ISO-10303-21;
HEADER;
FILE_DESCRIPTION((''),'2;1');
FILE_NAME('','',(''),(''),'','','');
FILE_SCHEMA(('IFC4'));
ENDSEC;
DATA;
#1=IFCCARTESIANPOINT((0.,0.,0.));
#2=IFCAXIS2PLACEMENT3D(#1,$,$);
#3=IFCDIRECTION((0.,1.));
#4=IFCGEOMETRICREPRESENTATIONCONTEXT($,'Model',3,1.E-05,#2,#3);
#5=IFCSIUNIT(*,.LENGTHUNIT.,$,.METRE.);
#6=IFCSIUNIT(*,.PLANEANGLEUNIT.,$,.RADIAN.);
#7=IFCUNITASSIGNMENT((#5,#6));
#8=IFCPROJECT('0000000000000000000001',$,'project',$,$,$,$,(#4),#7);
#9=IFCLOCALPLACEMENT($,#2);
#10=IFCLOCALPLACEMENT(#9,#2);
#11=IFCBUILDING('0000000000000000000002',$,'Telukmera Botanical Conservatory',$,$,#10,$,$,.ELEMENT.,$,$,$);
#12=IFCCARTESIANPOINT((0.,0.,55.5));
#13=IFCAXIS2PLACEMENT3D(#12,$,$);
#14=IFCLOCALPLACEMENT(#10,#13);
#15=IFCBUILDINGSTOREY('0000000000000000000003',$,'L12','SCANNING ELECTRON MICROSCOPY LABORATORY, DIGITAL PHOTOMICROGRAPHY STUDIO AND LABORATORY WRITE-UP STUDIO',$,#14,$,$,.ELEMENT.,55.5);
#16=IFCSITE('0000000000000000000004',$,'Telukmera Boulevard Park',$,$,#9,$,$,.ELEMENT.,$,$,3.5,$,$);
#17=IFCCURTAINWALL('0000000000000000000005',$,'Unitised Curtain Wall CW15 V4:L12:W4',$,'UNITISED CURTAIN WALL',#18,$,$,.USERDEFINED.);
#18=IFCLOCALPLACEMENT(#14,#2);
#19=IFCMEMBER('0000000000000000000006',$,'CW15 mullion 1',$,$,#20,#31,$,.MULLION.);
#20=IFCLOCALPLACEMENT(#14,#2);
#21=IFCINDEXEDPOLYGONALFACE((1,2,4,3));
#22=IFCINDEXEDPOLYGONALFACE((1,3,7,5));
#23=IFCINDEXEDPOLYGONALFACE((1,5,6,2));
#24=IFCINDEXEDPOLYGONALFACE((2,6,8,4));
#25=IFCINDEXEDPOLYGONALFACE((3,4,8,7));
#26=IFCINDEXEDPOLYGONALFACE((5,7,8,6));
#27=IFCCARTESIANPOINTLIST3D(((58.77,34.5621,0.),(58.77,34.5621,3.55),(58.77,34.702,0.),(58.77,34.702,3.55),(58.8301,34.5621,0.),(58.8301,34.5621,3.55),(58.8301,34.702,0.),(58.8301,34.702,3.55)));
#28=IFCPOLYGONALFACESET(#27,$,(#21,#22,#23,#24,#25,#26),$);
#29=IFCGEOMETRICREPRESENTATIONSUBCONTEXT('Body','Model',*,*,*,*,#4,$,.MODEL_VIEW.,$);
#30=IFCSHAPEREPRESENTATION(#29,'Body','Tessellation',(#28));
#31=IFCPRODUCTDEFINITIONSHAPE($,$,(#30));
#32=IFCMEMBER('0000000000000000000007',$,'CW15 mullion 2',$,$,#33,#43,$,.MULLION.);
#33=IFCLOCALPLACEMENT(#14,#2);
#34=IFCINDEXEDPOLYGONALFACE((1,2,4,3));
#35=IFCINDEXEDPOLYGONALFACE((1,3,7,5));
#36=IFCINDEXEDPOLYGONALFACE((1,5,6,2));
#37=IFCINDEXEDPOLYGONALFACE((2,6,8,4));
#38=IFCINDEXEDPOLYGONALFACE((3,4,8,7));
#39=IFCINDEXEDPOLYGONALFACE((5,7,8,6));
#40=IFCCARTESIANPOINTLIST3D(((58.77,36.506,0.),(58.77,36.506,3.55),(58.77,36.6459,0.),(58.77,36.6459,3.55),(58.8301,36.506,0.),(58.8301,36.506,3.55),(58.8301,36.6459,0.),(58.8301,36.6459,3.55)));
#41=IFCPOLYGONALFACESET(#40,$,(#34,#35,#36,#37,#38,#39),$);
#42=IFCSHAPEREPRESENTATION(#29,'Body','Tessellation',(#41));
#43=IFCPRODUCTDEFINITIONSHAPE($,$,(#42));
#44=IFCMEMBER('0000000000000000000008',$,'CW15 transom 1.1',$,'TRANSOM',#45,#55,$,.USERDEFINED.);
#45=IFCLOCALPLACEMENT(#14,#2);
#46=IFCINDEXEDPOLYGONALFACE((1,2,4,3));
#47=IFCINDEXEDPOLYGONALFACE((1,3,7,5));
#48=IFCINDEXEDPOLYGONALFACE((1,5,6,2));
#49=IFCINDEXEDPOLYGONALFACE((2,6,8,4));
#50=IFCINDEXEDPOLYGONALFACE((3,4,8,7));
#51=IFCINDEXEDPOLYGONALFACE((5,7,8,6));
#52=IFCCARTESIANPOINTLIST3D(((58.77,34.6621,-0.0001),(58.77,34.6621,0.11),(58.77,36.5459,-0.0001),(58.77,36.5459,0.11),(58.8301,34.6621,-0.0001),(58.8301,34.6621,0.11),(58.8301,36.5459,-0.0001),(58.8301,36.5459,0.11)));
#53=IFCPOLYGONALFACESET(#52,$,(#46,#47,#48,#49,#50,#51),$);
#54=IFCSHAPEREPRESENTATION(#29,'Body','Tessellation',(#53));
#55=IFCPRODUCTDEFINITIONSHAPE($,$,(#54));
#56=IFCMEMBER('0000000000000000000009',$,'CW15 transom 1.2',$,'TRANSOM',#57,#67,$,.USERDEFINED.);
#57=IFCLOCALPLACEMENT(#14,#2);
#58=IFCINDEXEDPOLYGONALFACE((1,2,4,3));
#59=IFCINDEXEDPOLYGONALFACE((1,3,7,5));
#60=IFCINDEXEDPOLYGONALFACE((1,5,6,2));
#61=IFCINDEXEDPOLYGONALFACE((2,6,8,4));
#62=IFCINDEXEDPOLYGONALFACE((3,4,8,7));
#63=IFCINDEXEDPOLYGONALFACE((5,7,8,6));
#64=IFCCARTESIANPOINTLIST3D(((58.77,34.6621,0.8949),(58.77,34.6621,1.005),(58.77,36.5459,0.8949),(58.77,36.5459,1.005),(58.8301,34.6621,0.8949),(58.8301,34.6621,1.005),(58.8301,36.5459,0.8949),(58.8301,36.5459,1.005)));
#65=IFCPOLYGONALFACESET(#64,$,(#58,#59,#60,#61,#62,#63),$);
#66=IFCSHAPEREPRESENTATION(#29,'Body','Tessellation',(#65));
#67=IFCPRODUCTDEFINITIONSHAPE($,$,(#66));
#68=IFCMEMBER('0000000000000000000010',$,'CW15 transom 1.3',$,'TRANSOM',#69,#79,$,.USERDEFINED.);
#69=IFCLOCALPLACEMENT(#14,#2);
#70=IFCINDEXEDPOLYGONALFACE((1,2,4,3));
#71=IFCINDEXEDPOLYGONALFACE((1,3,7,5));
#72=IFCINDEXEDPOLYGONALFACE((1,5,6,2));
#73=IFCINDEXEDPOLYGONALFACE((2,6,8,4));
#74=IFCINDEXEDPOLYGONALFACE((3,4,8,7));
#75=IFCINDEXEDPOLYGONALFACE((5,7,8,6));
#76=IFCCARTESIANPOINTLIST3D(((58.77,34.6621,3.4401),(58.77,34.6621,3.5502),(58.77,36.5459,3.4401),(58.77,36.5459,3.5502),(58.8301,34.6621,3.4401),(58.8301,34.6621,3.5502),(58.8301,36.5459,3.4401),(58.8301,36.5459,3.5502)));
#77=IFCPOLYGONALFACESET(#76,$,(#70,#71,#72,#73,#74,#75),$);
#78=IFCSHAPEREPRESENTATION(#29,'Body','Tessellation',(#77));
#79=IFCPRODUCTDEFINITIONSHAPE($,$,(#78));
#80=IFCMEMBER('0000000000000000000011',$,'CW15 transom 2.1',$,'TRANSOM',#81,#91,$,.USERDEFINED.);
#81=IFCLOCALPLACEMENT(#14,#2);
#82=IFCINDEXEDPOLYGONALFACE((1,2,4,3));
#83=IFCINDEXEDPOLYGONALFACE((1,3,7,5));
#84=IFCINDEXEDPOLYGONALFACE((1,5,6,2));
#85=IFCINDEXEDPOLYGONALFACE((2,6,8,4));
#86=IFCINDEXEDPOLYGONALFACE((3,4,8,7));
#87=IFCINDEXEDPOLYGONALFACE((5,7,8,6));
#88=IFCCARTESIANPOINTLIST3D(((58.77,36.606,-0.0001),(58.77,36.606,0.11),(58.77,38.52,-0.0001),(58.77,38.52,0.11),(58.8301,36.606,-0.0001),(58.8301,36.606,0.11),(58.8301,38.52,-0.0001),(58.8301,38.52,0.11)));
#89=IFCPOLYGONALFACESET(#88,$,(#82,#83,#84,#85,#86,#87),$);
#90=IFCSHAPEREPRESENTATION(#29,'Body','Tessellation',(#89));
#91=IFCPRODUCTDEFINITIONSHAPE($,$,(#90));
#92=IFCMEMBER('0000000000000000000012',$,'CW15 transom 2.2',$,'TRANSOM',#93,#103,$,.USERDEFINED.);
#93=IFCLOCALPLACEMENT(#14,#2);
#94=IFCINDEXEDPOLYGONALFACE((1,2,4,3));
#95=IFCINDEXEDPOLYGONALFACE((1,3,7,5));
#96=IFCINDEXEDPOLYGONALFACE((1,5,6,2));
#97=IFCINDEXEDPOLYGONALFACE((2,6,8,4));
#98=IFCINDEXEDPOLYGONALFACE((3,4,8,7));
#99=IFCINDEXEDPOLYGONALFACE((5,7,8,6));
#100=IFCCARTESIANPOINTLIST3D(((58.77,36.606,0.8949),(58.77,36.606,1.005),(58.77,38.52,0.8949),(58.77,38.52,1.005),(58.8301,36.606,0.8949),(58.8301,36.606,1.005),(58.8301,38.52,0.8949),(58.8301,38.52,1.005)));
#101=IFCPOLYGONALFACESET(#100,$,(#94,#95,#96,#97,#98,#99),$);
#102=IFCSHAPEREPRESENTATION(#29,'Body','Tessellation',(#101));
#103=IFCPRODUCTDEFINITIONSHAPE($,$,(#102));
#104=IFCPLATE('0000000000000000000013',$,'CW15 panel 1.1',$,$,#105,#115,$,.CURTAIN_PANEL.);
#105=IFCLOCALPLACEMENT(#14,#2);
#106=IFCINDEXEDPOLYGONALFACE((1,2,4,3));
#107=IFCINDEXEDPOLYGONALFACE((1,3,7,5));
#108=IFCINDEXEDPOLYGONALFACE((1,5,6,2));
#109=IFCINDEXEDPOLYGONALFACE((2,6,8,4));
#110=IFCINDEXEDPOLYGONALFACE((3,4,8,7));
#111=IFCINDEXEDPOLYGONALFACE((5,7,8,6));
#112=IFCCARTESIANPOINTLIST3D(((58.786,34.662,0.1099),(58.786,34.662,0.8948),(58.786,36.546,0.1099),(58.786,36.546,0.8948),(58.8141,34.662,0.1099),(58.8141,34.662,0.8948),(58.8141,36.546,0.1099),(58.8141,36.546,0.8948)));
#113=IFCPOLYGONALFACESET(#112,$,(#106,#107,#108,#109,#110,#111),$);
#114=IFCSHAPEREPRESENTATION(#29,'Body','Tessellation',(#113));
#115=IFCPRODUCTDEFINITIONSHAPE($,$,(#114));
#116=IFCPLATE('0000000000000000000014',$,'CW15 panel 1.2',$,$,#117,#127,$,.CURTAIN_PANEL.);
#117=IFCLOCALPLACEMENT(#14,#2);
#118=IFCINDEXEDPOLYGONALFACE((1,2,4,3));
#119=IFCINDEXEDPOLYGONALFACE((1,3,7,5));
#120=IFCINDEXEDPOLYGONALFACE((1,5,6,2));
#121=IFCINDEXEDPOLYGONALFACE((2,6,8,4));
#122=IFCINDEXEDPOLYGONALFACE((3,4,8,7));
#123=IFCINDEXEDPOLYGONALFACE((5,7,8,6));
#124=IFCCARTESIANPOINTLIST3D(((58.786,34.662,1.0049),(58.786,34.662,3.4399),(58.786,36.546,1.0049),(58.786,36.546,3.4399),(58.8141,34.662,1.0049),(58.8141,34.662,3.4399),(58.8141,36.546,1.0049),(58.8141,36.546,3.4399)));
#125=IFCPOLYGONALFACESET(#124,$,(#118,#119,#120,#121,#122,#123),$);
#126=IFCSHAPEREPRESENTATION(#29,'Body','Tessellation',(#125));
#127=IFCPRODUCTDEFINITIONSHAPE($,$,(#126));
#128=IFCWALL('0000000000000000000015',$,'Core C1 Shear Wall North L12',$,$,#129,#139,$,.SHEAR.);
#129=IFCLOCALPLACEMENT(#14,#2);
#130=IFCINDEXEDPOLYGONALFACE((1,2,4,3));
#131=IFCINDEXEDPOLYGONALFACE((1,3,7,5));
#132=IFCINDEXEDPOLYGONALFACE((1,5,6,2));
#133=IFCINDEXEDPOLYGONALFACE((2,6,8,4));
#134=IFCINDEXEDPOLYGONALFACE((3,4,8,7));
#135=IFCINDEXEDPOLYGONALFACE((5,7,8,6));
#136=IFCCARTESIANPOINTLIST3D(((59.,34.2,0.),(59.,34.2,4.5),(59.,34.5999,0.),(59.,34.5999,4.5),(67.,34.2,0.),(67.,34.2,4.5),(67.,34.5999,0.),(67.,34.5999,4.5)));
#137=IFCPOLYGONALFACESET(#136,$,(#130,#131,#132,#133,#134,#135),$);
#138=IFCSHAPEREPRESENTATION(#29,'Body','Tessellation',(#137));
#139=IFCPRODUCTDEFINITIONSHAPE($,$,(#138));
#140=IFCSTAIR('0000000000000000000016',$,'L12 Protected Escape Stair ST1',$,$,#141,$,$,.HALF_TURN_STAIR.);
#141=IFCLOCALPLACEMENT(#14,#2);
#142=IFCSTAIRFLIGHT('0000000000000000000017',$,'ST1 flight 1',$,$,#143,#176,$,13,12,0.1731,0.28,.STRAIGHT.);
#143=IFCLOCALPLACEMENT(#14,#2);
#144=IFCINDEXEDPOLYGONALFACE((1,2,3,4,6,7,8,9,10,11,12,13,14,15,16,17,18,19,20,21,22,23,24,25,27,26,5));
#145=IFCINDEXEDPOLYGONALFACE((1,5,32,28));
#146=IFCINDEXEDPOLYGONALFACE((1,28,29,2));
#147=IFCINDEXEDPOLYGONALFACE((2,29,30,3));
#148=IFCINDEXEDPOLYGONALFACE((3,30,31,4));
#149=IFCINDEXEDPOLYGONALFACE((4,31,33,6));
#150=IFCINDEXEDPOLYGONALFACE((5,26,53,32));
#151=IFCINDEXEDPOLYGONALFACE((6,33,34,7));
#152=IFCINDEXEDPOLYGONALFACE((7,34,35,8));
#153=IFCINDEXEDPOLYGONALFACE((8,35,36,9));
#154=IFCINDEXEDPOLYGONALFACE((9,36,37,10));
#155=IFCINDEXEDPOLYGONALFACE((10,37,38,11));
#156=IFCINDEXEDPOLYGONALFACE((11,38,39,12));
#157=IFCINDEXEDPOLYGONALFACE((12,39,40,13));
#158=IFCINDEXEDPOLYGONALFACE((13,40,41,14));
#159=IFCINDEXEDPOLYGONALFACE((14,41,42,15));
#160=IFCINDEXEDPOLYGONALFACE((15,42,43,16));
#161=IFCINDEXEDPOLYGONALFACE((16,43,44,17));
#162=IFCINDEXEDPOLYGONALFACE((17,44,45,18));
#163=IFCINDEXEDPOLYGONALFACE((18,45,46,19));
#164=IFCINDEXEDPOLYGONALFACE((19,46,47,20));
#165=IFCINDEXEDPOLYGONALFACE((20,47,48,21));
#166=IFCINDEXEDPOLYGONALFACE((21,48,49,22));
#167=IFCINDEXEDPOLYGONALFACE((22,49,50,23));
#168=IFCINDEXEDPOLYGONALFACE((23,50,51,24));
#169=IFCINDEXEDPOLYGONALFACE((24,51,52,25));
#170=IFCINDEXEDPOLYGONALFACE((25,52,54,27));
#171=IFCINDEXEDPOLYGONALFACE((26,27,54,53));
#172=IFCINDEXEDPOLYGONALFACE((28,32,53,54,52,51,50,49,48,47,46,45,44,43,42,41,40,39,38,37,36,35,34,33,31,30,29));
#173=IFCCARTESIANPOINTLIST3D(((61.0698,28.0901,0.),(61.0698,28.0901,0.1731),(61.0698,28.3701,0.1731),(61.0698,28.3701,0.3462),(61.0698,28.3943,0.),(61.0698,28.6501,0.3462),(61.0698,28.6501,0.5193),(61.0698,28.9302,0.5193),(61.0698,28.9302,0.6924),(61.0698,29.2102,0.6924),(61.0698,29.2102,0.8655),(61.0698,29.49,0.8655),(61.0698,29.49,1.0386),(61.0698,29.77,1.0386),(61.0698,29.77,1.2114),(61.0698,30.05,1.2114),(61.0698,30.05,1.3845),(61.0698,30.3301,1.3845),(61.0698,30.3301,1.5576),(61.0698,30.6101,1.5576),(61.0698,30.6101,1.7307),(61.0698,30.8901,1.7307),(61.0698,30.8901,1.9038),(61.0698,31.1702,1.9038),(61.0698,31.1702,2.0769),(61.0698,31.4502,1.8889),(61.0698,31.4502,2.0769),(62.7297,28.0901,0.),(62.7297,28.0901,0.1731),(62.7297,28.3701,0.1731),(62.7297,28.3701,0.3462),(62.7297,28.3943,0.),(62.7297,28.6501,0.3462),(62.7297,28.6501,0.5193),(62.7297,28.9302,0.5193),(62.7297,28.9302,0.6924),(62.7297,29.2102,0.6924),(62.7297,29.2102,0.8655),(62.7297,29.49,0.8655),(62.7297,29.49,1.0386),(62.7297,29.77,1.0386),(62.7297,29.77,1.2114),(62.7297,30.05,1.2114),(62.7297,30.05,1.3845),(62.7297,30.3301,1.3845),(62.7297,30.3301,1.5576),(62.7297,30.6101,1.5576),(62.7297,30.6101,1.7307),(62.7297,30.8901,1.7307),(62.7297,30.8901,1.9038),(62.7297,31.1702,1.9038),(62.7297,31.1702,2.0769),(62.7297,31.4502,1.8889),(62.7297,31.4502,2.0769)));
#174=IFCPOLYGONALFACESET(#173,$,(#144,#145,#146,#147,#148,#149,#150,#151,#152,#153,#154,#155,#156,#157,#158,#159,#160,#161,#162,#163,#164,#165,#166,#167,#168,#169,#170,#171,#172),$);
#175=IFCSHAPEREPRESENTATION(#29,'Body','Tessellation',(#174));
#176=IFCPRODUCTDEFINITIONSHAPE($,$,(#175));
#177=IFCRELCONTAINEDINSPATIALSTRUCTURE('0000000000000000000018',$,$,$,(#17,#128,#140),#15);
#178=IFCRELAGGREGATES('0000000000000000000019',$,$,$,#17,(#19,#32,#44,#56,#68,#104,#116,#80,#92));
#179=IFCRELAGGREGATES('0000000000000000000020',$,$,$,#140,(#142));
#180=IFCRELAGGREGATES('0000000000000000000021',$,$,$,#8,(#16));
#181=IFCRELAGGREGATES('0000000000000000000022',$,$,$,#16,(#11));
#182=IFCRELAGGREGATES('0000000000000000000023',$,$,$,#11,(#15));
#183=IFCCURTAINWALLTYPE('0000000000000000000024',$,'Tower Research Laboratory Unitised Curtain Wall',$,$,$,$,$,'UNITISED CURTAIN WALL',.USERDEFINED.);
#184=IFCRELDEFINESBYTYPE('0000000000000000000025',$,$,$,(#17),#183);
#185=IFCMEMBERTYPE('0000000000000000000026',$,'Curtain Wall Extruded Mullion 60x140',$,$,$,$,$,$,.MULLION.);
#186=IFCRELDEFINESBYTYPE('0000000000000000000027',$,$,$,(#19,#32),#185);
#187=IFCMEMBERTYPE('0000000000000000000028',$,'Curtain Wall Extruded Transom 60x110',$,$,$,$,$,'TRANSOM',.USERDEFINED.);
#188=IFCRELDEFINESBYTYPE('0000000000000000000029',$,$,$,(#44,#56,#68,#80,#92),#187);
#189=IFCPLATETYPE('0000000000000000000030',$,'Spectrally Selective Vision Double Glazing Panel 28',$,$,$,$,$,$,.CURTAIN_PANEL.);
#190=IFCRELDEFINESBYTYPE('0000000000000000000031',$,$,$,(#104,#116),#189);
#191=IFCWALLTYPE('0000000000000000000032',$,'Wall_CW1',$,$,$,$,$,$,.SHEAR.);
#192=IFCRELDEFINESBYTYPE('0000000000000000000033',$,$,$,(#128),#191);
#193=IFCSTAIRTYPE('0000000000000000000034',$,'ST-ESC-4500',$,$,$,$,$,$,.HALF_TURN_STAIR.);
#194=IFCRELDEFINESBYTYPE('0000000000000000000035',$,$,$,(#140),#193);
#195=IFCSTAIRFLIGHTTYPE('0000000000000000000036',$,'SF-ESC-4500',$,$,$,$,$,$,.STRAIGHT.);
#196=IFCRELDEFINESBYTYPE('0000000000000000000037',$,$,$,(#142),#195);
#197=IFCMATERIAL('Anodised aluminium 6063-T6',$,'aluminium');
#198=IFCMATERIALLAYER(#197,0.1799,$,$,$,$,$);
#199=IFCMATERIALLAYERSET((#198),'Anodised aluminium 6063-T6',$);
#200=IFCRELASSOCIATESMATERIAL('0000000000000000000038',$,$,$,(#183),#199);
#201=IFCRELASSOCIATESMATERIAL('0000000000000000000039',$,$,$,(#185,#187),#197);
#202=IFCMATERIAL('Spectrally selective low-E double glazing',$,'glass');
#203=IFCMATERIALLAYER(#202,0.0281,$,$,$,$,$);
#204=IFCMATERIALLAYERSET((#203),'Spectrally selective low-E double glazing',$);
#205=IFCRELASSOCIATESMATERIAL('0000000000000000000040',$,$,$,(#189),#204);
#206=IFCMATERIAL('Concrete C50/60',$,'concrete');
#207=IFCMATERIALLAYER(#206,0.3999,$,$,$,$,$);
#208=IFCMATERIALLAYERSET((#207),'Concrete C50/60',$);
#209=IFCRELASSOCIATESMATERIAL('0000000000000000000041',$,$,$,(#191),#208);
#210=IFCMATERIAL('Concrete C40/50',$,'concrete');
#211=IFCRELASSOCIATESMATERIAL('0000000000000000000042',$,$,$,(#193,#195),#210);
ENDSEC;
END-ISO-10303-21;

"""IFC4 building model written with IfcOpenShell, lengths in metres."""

from ifc_helpers import new_model, si_unit, direction, frame, frame_2d, origin, origin_2d, place, context, subcontext, project, spatial, polyline, rectangle, outline, extrude, material, layer, layer_set, material_profile, profile_set, type_object, element, aggregate, save


model = new_model("IFC4")

# Units and contexts
model_context = context("Model", 3, precision=1e-05, world=origin(), true_north=direction((0.0, 1.0)))
body_context = subcontext(model_context, "Body", "Model", "MODEL_VIEW")
ifc_project = project(units=[si_unit("LENGTHUNIT", "METRE"), si_unit("PLANEANGLEUNIT", "RADIAN")], contexts=[model_context])

# Site, building, storey
site_placement = place(None, origin())
site = spatial("IfcSite", under=ifc_project, at=site_placement, Name="Telukmera Boulevard Park", CompositionType="ELEMENT", RefElevation=3.5)
building_placement = place(site_placement, origin())
building = spatial("IfcBuilding", under=site, at=building_placement, Name="Telukmera Botanical Conservatory", CompositionType="ELEMENT")
storey_placement = place(building_placement, frame((0.0, 0.0, 55.5)))
storey = spatial("IfcBuildingStorey", under=building, at=storey_placement, Name="L12", Description="SCANNING ELECTRON MICROSCOPY LABORATORY, DIGITAL PHOTOMICROGRAPHY STUDIO AND LABORATORY WRITE-UP STUDIO", CompositionType="ELEMENT", Elevation=55.5)

# Curtain wall, members, plates
ifc_material_1 = material(Name="Anodised aluminium 6063-T6", Category="aluminium")
ifc_layer_1 = layer(ifc_material_1, 0.1799)
ifc_layer_set_1 = layer_set([ifc_layer_1], Name="Anodised aluminium 6063-T6")
curtain_wall_type = type_object("IfcCurtainWallType", Name="Tower Research Laboratory Unitised Curtain Wall", ElementType="UNITISED CURTAIN WALL", PredefinedType="USERDEFINED", material=ifc_layer_set_1)
curtain_wall_placement = place(storey_placement, origin())
curtain_wall = element("IfcCurtainWall", 1, at=curtain_wall_placement, inside=storey, type_object=curtain_wall_type, Name="Unitised Curtain Wall CW15 V4:L12:W4", ObjectType="UNITISED CURTAIN WALL", PredefinedType="USERDEFINED")
ifc_material_profile_1 = material_profile(ifc_material_1, rectangle(XDim=0.0601, YDim=0.1399, at=origin_2d()), Name="ALU MULL 60x140")
ifc_profile_set_1 = profile_set([ifc_material_profile_1], Name="Anodised aluminium 6063-T6")
member_type_1 = type_object("IfcMemberType", Name="Curtain Wall Extruded Mullion 60x140", PredefinedType="MULLION", material=ifc_profile_set_1)
member_1_placement = place(storey_placement, frame((58.8, 34.6321, 0.0), z_axis=(0.0, 0.0, 1.0), x_axis=(-1.0, 0.0, 0.0)))
member_1 = element("IfcMember", 2, at=member_1_placement, type_object=member_type_1, Name="CW15 mullion 1", PredefinedType="MULLION", context=body_context, shape_type="SweptSolid", body=[
    extrude(rectangle(XDim=0.0601, YDim=0.1399, at=origin_2d()), origin(), (0.0, 0.0, 1.0), 3.55),
])
member_2_placement = place(storey_placement, frame((58.8, 36.5759, 0.0), z_axis=(0.0, 0.0, 1.0), x_axis=(-1.0, 0.0, 0.0)))
member_2 = element("IfcMember", 3, at=member_2_placement, type_object=member_type_1, Name="CW15 mullion 2", PredefinedType="MULLION", context=body_context, shape_type="SweptSolid", body=[
    extrude(rectangle(XDim=0.0601, YDim=0.1399, at=origin_2d()), origin(), (0.0, 0.0, 1.0), 3.55),
])
ifc_material_profile_2 = material_profile(ifc_material_1, rectangle(XDim=0.0601, YDim=0.1101, at=origin_2d()), Name="ALU TRAN 60x110")
ifc_profile_set_2 = profile_set([ifc_material_profile_2], Name="Anodised aluminium 6063-T6")
member_type_2 = type_object("IfcMemberType", Name="Curtain Wall Extruded Transom 60x110", ElementType="TRANSOM", PredefinedType="USERDEFINED", material=ifc_profile_set_2)
member_3_placement = place(storey_placement, frame((58.8, 34.6621, 0.0549), z_axis=(0.0, 1.0, 0.0), x_axis=(-1.0, 0.0, 0.0)))
member_3 = element("IfcMember", 4, at=member_3_placement, type_object=member_type_2, Name="CW15 transom 1.1", ObjectType="TRANSOM", PredefinedType="USERDEFINED", context=body_context, shape_type="SweptSolid", body=[
    extrude(rectangle(XDim=0.0601, YDim=0.1101, at=origin_2d()), origin(), (0.0, 0.0, 1.0), 1.8838),
])
member_4_placement = place(storey_placement, frame((58.8, 34.6621, 0.95), z_axis=(0.0, 1.0, 0.0), x_axis=(-1.0, 0.0, 0.0)))
member_4 = element("IfcMember", 5, at=member_4_placement, type_object=member_type_2, Name="CW15 transom 1.2", ObjectType="TRANSOM", PredefinedType="USERDEFINED", context=body_context, shape_type="SweptSolid", body=[
    extrude(rectangle(XDim=0.0601, YDim=0.1101, at=origin_2d()), origin(), (0.0, 0.0, 1.0), 1.8838),
])
member_5_placement = place(storey_placement, frame((58.8, 34.6621, 3.4951), z_axis=(0.0, 1.0, 0.0), x_axis=(-1.0, 0.0, 0.0)))
member_5 = element("IfcMember", 6, at=member_5_placement, type_object=member_type_2, Name="CW15 transom 1.3", ObjectType="TRANSOM", PredefinedType="USERDEFINED", context=body_context, shape_type="SweptSolid", body=[
    extrude(rectangle(XDim=0.0601, YDim=0.1101, at=origin_2d()), origin(), (0.0, 0.0, 1.0), 1.8838),
])
member_6_placement = place(storey_placement, frame((58.8, 36.606, 0.0549), z_axis=(0.0, 1.0, 0.0), x_axis=(-1.0, 0.0, 0.0)))
member_6 = element("IfcMember", 7, at=member_6_placement, type_object=member_type_2, Name="CW15 transom 2.1", ObjectType="TRANSOM", PredefinedType="USERDEFINED", context=body_context, shape_type="SweptSolid", body=[
    extrude(rectangle(XDim=0.0601, YDim=0.1101, at=origin_2d()), origin(), (0.0, 0.0, 1.0), 1.9141),
])
member_7_placement = place(storey_placement, frame((58.8, 36.606, 0.95), z_axis=(0.0, 1.0, 0.0), x_axis=(-1.0, 0.0, 0.0)))
member_7 = element("IfcMember", 8, at=member_7_placement, type_object=member_type_2, Name="CW15 transom 2.2", ObjectType="TRANSOM", PredefinedType="USERDEFINED", context=body_context, shape_type="SweptSolid", body=[
    extrude(rectangle(XDim=0.0601, YDim=0.1101, at=origin_2d()), origin(), (0.0, 0.0, 1.0), 1.9141),
])
ifc_material_2 = material(Name="Spectrally selective low-E double glazing", Category="glass")
ifc_layer_2 = layer(ifc_material_2, 0.0281)
ifc_layer_set_2 = layer_set([ifc_layer_2], Name="Spectrally selective low-E double glazing")
plate_type = type_object("IfcPlateType", Name="Spectrally Selective Vision Double Glazing Panel 28", PredefinedType="CURTAIN_PANEL", material=ifc_layer_set_2)
plate_1_placement = place(storey_placement, frame((58.8, 35.604, 0.1099), z_axis=(0.0, 0.0, 1.0), x_axis=(0.0, 1.0, 0.0)))
plate_1 = element("IfcPlate", 9, at=plate_1_placement, type_object=plate_type, Name="CW15 panel 1.1", PredefinedType="CURTAIN_PANEL", context=body_context, shape_type="SweptSolid", body=[
    extrude(rectangle(XDim=1.884, YDim=0.0281, at=origin_2d()), origin(), (0.0, 0.0, 1.0), 0.7849),
])
plate_2_placement = place(storey_placement, frame((58.8, 35.604, 1.0049), z_axis=(0.0, 0.0, 1.0), x_axis=(0.0, 1.0, 0.0)))
plate_2 = element("IfcPlate", 10, at=plate_2_placement, type_object=plate_type, Name="CW15 panel 1.2", PredefinedType="CURTAIN_PANEL", context=body_context, shape_type="SweptSolid", body=[
    extrude(rectangle(XDim=1.884, YDim=0.0281, at=origin_2d()), origin(), (0.0, 0.0, 1.0), 2.4351),
])
aggregate(curtain_wall, [member_1, member_2, member_3, member_4, member_5, plate_1, plate_2, member_6, member_7])

# Wall
ifc_material_3 = material(Name="Concrete C50/60", Category="concrete")
ifc_layer_3 = layer(ifc_material_3, 0.3999)
ifc_layer_set_3 = layer_set([ifc_layer_3], Name="Concrete C50/60")
wall_type = type_object("IfcWallType", Name="Wall_CW1", PredefinedType="SHEAR", material=ifc_layer_set_3)
wall_placement = place(storey_placement, frame((59.0, 34.3999, 0.0), z_axis=(0.0, 0.0, 1.0), x_axis=(1.0, 0.0, 0.0)))
element("IfcWall", 11, at=wall_placement, inside=storey, type_object=wall_type, Name="Core C1 Shear Wall North L12", PredefinedType="SHEAR", context=body_context, shape_type="SweptSolid", body=[
    extrude(rectangle(XDim=8.0, YDim=0.3999, at=frame_2d((4.0, 0.0))), origin(), (0.0, 0.0, 1.0), 4.5),
])

# Stair, stair flight
ifc_material_4 = material(Name="Concrete C40/50", Category="concrete")
stair_type = type_object("IfcStairType", Name="ST-ESC-4500", PredefinedType="HALF_TURN_STAIR", material=ifc_material_4)
stair_placement = place(storey_placement, origin())
stair = element("IfcStair", 12, at=stair_placement, inside=storey, type_object=stair_type, Name="L12 Protected Escape Stair ST1", PredefinedType="HALF_TURN_STAIR")
stair_flight_type = type_object("IfcStairFlightType", Name="SF-ESC-4500", PredefinedType="STRAIGHT", material=ifc_material_4)
stair_flight_1_placement = place(storey_placement, frame((61.8999, 28.0901, 0.0), z_axis=(0.0, 0.0, 1.0), x_axis=(0.0, 1.0, 0.0)))
stair_flight_1 = element("IfcStairFlight", 13, at=stair_flight_1_placement, type_object=stair_flight_type, Name="ST1 flight 1", NumberOfRisers=13, NumberOfTreads=12, PredefinedType="STRAIGHT", RiserHeight=0.1731, TreadLength=0.28, context=body_context, shape_type="SweptSolid", body=[
    extrude(outline(polyline([(0.0, 0.0), (0.0, 0.1731), (0.28, 0.1731), (0.28, 0.3462), (0.5601, 0.3462), (0.5601, 0.5193), (0.8401, 0.5193), (0.8401, 0.6924), (1.1201, 0.6924), (1.1201, 0.8655), (1.3999, 0.8655), (1.3999, 1.0386), (1.6799, 1.0386), (1.6799, 1.2114), (1.96, 1.2114), (1.96, 1.3845), (2.24, 1.3845), (2.24, 1.5576), (2.52, 1.5576), (2.52, 1.7307), (2.8, 1.7307), (2.8, 1.9038), (3.0801, 1.9038), (3.0801, 2.0769), (3.3601, 2.0769), (3.3601, 2.25), (3.3601, 1.8889), (0.3042, 0.0), (0.0, 0.0)])), frame((0.0, 0.8301, 0.0), z_axis=(0.0, -1.0, 0.0), x_axis=(1.0, 0.0, 0.0)), (0.0, 0.0, 1.0), 1.6599),
])
aggregate(stair, [stair_flight_1])

save(model, "model.ifc")
